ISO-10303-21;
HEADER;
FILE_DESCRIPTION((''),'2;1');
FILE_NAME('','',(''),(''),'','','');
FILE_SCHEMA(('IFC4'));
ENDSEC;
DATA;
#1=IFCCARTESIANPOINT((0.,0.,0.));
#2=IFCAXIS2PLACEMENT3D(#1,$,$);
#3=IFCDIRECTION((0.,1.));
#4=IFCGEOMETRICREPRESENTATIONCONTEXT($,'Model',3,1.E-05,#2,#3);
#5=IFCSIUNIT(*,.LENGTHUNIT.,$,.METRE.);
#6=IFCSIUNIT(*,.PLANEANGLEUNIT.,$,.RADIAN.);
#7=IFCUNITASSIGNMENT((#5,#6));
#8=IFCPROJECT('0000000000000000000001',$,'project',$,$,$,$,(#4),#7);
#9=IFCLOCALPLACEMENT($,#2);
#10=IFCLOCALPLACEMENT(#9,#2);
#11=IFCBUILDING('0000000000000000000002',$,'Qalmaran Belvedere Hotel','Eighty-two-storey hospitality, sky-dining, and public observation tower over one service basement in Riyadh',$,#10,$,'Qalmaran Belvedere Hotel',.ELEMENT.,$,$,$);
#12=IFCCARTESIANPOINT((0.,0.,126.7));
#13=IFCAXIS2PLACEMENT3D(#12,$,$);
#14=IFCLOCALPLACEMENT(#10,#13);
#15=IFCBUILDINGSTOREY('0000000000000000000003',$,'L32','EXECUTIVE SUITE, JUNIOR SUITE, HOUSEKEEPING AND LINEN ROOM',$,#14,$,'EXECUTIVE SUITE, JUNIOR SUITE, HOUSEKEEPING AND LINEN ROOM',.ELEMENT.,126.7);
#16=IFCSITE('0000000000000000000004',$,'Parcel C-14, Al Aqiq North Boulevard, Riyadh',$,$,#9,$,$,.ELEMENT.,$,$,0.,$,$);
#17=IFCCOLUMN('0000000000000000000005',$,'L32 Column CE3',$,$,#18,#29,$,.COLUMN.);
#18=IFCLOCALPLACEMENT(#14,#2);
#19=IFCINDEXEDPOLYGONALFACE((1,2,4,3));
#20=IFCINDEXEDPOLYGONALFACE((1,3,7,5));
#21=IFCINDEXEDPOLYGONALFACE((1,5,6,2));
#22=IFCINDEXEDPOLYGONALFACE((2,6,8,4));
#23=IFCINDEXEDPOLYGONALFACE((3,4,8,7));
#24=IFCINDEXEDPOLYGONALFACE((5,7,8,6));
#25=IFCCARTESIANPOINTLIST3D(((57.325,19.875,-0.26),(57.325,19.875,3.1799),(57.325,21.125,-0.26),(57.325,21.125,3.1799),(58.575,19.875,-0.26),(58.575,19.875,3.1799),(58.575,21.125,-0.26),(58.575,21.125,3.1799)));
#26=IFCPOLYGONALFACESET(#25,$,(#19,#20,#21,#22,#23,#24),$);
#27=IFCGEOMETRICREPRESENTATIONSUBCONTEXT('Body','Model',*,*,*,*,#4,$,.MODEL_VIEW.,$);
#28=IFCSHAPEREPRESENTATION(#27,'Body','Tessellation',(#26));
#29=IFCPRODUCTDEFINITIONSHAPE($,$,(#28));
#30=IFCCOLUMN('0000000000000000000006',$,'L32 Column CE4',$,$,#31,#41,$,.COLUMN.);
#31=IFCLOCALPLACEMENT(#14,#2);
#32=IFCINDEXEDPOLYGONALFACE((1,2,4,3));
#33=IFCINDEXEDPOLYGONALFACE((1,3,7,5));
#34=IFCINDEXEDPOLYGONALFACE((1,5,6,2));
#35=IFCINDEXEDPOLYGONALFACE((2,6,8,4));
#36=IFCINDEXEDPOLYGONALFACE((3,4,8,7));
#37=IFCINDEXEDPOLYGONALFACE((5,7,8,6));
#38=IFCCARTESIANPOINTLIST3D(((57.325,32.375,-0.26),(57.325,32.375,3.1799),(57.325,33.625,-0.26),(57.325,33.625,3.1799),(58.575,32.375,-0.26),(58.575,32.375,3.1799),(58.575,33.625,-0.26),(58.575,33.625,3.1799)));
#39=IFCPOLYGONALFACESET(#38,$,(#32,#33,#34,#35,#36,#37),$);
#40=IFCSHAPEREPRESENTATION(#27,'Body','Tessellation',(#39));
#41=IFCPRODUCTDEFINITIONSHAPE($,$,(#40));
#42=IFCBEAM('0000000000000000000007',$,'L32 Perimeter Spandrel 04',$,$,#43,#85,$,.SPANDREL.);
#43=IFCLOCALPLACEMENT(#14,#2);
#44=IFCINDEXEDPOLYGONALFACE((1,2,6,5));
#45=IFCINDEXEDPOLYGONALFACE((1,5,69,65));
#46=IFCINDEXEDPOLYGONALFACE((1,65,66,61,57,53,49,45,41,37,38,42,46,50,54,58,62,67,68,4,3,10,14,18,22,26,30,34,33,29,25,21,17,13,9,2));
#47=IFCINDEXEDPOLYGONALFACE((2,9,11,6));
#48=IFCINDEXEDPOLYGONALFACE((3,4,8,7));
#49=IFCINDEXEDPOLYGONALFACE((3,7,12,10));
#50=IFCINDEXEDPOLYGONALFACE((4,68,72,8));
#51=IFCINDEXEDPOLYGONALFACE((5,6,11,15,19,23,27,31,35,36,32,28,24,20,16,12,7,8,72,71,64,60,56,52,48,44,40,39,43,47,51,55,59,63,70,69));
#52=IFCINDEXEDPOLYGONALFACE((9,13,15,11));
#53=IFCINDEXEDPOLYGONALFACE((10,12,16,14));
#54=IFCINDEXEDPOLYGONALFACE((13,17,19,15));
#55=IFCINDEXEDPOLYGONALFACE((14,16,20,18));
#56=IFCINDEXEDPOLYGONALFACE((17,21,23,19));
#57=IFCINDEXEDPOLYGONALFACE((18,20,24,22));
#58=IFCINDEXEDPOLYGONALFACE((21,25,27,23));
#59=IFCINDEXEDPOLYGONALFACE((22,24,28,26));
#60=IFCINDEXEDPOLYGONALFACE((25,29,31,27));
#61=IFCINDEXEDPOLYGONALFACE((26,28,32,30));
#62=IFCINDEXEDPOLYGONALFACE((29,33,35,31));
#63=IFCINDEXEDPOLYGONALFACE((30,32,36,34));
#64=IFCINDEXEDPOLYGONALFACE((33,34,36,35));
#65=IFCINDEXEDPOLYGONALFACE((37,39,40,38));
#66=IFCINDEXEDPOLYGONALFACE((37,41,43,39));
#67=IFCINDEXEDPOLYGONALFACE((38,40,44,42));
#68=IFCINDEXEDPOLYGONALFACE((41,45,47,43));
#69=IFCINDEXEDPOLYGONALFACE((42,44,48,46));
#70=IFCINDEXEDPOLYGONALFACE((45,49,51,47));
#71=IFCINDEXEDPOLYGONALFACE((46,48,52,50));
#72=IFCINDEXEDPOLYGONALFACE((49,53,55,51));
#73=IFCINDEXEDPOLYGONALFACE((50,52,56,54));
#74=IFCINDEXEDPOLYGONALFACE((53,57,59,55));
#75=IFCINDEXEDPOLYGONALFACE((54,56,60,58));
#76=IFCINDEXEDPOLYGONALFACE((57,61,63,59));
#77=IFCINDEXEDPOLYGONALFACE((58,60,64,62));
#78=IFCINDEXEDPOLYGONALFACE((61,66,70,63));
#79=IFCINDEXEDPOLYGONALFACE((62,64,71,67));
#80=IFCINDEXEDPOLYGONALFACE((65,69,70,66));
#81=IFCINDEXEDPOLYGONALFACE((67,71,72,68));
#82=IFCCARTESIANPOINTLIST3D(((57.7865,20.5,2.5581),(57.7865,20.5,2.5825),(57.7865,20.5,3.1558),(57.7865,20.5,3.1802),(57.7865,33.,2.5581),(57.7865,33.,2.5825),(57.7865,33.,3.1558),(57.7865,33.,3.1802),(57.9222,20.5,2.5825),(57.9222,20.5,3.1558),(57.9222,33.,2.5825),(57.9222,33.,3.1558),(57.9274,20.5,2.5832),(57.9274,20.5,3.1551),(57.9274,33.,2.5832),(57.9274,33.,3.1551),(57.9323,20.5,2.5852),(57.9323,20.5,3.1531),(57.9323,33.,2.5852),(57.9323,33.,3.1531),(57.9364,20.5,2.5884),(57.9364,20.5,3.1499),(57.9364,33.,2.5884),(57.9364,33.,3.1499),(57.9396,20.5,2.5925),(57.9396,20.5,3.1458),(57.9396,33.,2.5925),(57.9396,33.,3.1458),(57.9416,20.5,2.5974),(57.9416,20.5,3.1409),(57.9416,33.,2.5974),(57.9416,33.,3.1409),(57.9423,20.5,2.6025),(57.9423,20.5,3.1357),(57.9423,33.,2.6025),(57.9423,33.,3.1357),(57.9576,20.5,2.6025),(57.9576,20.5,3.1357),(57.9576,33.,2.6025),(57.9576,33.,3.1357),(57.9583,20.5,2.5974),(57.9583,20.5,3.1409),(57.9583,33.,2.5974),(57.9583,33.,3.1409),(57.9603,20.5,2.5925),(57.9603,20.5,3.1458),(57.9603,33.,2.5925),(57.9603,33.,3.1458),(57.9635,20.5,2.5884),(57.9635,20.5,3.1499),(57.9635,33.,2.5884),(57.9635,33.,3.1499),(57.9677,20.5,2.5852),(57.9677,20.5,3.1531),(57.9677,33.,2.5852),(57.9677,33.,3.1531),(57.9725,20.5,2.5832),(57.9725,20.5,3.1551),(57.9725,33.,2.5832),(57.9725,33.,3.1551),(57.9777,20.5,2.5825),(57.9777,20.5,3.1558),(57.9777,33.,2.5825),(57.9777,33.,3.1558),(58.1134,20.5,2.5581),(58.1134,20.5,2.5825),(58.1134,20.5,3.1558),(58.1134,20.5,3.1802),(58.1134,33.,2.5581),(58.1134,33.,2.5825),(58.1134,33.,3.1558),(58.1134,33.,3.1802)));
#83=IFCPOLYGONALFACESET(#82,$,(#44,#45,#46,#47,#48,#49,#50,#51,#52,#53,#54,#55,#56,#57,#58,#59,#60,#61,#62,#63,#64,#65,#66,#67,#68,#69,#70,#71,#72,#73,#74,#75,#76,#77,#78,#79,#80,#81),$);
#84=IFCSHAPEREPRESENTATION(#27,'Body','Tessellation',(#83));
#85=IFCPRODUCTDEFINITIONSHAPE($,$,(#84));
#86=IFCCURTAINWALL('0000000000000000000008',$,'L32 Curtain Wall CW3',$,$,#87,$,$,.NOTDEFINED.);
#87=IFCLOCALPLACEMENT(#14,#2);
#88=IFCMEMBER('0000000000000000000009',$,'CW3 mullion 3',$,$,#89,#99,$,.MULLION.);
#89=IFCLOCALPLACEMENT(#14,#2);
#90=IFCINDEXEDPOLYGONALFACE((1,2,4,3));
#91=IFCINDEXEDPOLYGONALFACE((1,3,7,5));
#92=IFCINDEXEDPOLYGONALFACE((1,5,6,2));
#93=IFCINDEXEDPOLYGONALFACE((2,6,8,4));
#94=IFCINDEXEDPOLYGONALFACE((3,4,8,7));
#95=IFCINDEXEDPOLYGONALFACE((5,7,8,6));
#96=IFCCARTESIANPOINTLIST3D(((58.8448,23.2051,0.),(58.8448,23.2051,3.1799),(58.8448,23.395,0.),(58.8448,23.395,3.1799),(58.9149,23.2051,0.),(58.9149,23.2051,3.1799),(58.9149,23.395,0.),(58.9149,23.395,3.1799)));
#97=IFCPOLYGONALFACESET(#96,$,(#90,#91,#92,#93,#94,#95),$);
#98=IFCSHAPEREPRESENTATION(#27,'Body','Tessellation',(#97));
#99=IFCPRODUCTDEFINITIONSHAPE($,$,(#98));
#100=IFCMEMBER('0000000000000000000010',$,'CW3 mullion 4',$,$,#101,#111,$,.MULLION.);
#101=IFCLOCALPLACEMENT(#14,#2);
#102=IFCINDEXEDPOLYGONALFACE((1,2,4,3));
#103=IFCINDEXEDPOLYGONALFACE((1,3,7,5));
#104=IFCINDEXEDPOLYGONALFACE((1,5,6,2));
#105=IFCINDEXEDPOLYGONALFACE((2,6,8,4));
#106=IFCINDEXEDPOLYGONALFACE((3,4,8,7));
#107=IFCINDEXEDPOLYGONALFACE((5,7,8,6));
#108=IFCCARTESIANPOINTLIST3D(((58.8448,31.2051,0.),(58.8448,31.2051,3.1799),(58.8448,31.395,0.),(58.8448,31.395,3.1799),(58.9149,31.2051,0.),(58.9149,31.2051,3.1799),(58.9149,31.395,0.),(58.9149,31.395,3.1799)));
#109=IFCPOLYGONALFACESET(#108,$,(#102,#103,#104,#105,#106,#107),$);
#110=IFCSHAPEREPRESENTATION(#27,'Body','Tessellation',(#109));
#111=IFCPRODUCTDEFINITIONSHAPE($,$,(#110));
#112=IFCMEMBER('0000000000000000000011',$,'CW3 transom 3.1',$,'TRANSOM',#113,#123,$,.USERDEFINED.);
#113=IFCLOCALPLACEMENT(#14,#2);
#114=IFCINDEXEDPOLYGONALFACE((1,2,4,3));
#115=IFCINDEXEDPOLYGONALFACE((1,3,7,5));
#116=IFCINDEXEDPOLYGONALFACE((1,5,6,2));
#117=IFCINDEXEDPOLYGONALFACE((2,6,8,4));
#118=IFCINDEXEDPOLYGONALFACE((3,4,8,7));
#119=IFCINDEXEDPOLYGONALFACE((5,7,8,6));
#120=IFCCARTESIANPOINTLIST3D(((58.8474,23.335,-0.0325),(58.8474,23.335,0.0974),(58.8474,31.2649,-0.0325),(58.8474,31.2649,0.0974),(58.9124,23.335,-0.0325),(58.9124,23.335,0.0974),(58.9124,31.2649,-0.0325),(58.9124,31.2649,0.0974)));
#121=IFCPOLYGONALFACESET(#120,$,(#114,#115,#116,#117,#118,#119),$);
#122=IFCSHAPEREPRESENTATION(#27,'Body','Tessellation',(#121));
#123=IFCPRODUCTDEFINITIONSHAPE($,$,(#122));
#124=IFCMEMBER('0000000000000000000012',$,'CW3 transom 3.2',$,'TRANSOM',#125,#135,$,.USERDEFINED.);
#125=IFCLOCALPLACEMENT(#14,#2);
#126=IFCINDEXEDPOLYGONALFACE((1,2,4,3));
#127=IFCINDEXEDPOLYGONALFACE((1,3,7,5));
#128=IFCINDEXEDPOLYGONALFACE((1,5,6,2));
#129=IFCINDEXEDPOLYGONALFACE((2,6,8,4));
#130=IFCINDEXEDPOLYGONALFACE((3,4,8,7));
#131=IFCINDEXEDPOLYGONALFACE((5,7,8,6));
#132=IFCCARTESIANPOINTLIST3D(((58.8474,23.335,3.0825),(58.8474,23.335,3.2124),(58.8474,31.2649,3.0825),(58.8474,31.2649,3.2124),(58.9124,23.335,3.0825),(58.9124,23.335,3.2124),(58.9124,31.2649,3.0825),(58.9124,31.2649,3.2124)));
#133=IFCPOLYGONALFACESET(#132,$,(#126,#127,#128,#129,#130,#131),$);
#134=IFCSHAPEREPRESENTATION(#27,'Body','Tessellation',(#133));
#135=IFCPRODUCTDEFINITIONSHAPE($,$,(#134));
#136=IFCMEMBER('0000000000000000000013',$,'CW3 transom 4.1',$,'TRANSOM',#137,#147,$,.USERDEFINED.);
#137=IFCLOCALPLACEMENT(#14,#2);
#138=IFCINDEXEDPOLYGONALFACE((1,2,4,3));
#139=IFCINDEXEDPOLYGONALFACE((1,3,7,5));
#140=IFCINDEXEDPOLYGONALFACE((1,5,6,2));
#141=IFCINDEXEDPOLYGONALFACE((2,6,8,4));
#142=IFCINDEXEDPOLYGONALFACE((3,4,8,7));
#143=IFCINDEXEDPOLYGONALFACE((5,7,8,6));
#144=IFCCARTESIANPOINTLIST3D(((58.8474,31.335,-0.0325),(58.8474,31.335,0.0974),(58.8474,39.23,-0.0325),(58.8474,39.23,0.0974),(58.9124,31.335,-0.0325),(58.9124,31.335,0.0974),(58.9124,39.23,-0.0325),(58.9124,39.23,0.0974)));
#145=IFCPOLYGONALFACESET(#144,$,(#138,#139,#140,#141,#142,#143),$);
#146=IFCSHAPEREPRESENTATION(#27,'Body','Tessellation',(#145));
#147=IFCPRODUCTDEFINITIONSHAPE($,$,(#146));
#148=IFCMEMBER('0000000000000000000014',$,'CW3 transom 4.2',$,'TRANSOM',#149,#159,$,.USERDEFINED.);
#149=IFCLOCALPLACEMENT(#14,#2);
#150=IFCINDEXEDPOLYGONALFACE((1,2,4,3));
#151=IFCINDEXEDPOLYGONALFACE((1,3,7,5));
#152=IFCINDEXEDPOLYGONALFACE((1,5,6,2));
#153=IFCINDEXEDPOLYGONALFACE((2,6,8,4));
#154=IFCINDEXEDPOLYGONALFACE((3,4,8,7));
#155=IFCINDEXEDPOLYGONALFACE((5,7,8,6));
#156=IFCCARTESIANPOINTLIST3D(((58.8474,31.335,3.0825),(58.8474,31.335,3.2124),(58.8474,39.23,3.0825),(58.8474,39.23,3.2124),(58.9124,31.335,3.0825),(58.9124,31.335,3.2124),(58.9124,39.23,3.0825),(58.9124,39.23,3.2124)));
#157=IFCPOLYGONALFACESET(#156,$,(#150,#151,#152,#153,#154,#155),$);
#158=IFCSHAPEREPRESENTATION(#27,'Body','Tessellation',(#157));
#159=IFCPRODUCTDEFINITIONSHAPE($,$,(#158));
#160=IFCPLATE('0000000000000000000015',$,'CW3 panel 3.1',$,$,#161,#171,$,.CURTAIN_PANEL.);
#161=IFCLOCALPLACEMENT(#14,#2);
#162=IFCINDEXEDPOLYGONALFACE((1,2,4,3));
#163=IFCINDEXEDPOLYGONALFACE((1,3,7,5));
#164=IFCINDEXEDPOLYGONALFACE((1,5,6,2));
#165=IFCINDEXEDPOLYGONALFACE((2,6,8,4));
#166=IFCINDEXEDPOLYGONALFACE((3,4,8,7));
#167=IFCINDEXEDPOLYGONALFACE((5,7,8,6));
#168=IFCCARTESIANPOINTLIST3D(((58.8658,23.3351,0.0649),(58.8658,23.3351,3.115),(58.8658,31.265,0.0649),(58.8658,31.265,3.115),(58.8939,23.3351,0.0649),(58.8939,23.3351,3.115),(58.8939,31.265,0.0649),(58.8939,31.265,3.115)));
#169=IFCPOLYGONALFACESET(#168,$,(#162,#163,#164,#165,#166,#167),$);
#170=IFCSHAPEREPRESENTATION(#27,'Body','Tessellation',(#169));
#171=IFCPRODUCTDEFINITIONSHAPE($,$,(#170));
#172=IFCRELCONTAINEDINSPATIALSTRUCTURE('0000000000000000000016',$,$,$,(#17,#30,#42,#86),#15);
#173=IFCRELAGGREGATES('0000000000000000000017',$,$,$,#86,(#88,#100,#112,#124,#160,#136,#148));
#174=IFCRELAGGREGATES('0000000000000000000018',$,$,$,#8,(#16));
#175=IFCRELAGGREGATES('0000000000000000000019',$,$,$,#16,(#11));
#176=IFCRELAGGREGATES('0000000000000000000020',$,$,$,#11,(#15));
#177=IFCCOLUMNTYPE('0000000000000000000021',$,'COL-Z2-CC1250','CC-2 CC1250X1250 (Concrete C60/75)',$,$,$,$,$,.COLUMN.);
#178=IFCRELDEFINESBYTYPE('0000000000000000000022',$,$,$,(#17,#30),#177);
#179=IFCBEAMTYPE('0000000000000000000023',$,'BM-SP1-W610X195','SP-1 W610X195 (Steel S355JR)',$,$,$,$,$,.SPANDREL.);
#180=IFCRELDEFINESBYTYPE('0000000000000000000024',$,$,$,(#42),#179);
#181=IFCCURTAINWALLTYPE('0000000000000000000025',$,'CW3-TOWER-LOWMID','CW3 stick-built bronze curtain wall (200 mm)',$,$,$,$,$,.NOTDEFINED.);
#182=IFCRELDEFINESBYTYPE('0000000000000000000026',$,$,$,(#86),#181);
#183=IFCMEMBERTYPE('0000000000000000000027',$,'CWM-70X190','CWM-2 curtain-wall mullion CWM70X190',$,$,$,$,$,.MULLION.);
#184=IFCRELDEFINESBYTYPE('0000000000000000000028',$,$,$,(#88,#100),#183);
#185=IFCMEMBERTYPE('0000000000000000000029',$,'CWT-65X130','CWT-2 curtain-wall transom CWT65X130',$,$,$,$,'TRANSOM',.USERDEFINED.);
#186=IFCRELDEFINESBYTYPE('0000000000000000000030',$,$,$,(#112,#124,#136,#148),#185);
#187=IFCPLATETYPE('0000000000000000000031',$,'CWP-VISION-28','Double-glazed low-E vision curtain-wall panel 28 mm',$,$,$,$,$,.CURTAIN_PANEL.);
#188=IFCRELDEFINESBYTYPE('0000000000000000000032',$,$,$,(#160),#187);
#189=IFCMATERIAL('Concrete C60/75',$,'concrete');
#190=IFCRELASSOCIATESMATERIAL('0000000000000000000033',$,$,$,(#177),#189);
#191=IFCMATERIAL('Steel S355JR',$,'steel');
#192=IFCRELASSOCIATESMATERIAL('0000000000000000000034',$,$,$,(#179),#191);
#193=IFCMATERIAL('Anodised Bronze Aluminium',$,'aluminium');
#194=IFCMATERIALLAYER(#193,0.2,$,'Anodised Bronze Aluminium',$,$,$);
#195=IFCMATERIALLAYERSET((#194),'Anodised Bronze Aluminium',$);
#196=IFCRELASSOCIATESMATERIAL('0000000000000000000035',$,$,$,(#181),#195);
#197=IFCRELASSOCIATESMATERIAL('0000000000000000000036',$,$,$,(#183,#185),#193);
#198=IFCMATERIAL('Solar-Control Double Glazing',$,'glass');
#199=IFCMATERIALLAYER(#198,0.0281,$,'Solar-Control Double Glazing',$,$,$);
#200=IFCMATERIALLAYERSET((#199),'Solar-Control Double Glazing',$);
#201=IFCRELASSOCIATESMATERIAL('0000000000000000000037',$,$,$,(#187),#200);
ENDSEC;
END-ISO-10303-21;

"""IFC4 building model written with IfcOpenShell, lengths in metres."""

from ifc_helpers import new_model, si_unit, direction, frame, origin, origin_2d, place, context, subcontext, project, spatial, rectangle, i_section, extrude, material, layer, layer_set, material_profile, profile_set, type_object, element, aggregate, save


model = new_model("IFC4")

# Units and contexts
model_context = context("Model", 3, precision=1e-05, world=origin(), true_north=direction((0.0, 1.0)))
body_context = subcontext(model_context, "Body", "Model", "MODEL_VIEW")
ifc_project = project(units=[si_unit("LENGTHUNIT", "METRE"), si_unit("PLANEANGLEUNIT", "RADIAN")], contexts=[model_context])

# Site, building, storey
site_placement = place(None, origin())
site = spatial("IfcSite", under=ifc_project, at=site_placement, Name="Parcel C-14, Al Aqiq North Boulevard, Riyadh", CompositionType="ELEMENT", RefElevation=0.0)
building_placement = place(site_placement, origin())
building = spatial("IfcBuilding", under=site, at=building_placement, Name="Qalmaran Belvedere Hotel", Description="Eighty-two-storey hospitality, sky-dining, and public observation tower over one service basement in Riyadh", LongName="Qalmaran Belvedere Hotel", CompositionType="ELEMENT")
storey_placement = place(building_placement, frame((0.0, 0.0, 126.7)))
storey = spatial("IfcBuildingStorey", under=building, at=storey_placement, Name="L32", Description="EXECUTIVE SUITE, JUNIOR SUITE, HOUSEKEEPING AND LINEN ROOM", LongName="EXECUTIVE SUITE, JUNIOR SUITE, HOUSEKEEPING AND LINEN ROOM", CompositionType="ELEMENT", Elevation=126.7)

# Columns
ifc_material_1 = material(Name="Concrete C60/75", Category="concrete")
ifc_material_profile_1 = material_profile(ifc_material_1, rectangle(XDim=1.25, YDim=1.25, at=origin_2d()), Name="CC1250X1250")
ifc_profile_set_1 = profile_set([ifc_material_profile_1], Name="Concrete C60/75")
column_type = type_object("IfcColumnType", Name="COL-Z2-CC1250", Description="CC-2 CC1250X1250 (Concrete C60/75)", PredefinedType="COLUMN", material=ifc_profile_set_1)
for number, where, z_axis, x_axis, name in (
    (1, (57.95, 20.5, -0.26), (0.0, 0.0, 1.0), (1.0, 0.0, 0.0), "L32 Column CE3"),
    (2, (57.95, 33.0, -0.26), (0.0, 0.0, 1.0), (1.0, 0.0, 0.0), "L32 Column CE4"),
):
    element("IfcColumn", number, at=place(storey_placement, frame(where, z_axis=z_axis, x_axis=x_axis)), inside=storey, type_object=column_type, Name=name, PredefinedType="COLUMN", context=body_context, shape_type="SweptSolid", body=[
        extrude(rectangle(XDim=1.25, YDim=1.25, at=origin_2d()), origin(), (0.0, 0.0, 1.0), 3.4399),
    ])

# Beam
ifc_material_2 = material(Name="Steel S355JR", Category="steel")
ifc_material_profile_2 = material_profile(ifc_material_2, i_section(OverallWidth=0.3269, OverallDepth=0.6221, WebThickness=0.0154, FlangeThickness=0.0244, FilletRadius=0.02, at=origin_2d()), Name="W610X195")
ifc_profile_set_2 = profile_set([ifc_material_profile_2], Name="Steel S355JR")
beam_type = type_object("IfcBeamType", Name="BM-SP1-W610X195", Description="SP-1 W610X195 (Steel S355JR)", PredefinedType="SPANDREL", material=ifc_profile_set_2)
beam_placement = place(storey_placement, frame((57.95, 20.5, 2.8691), z_axis=(0.0, 1.0, 0.0), x_axis=(-1.0, 0.0, 0.0)))
element("IfcBeam", 3, at=beam_placement, inside=storey, type_object=beam_type, Name="L32 Perimeter Spandrel 04", PredefinedType="SPANDREL", context=body_context, shape_type="SweptSolid", body=[
    extrude(i_section(OverallWidth=0.3269, OverallDepth=0.6221, WebThickness=0.0154, FlangeThickness=0.0244, FilletRadius=0.02, at=origin_2d()), origin(), (0.0, 0.0, 1.0), 12.5),
])

# Curtain wall, members, plate
ifc_material_3 = material(Name="Anodised Bronze Aluminium", Category="aluminium")
ifc_layer_1 = layer(ifc_material_3, 0.2, Name="Anodised Bronze Aluminium")
ifc_layer_set_1 = layer_set([ifc_layer_1], Name="Anodised Bronze Aluminium")
curtain_wall_type = type_object("IfcCurtainWallType", Name="CW3-TOWER-LOWMID", Description="CW3 stick-built bronze curtain wall (200 mm)", PredefinedType="NOTDEFINED", material=ifc_layer_set_1)
curtain_wall_placement = place(storey_placement, origin())
curtain_wall = element("IfcCurtainWall", 4, at=curtain_wall_placement, inside=storey, type_object=curtain_wall_type, Name="L32 Curtain Wall CW3", PredefinedType="NOTDEFINED")
ifc_material_profile_3 = material_profile(ifc_material_3, rectangle(XDim=0.0701, YDim=0.1899, at=origin_2d()), Name="CWM70X190")
ifc_profile_set_3 = profile_set([ifc_material_profile_3], Name="Anodised Bronze Aluminium")
member_type_1 = type_object("IfcMemberType", Name="CWM-70X190", Description="CWM-2 curtain-wall mullion CWM70X190", PredefinedType="MULLION", material=ifc_profile_set_3)
member_1_placement = place(storey_placement, frame((58.8799, 23.3, 0.0), z_axis=(0.0, 0.0, 1.0), x_axis=(-1.0, 0.0, 0.0)))
member_1 = element("IfcMember", 5, at=member_1_placement, type_object=member_type_1, Name="CW3 mullion 3", PredefinedType="MULLION", context=body_context, shape_type="SweptSolid", body=[
    extrude(rectangle(XDim=0.0701, YDim=0.1899, at=origin_2d()), origin(), (0.0, 0.0, 1.0), 3.1799),
])
member_2_placement = place(storey_placement, frame((58.8799, 31.3, 0.0), z_axis=(0.0, 0.0, 1.0), x_axis=(-1.0, 0.0, 0.0)))
member_2 = element("IfcMember", 6, at=member_2_placement, type_object=member_type_1, Name="CW3 mullion 4", PredefinedType="MULLION", context=body_context, shape_type="SweptSolid", body=[
    extrude(rectangle(XDim=0.0701, YDim=0.1899, at=origin_2d()), origin(), (0.0, 0.0, 1.0), 3.1799),
])
ifc_material_profile_4 = material_profile(ifc_material_3, rectangle(XDim=0.0649, YDim=0.1299, at=origin_2d()), Name="CWT65X130")
ifc_profile_set_4 = profile_set([ifc_material_profile_4], Name="Anodised Bronze Aluminium")
member_type_2 = type_object("IfcMemberType", Name="CWT-65X130", Description="CWT-2 curtain-wall transom CWT65X130", ElementType="TRANSOM", PredefinedType="USERDEFINED", material=ifc_profile_set_4)
member_3_placement = place(storey_placement, frame((58.8799, 23.335, 0.0325), z_axis=(0.0, 1.0, 0.0), x_axis=(-1.0, 0.0, 0.0)))
member_3 = element("IfcMember", 7, at=member_3_placement, type_object=member_type_2, Name="CW3 transom 3.1", ObjectType="TRANSOM", PredefinedType="USERDEFINED", context=body_context, shape_type="SweptSolid", body=[
    extrude(rectangle(XDim=0.0649, YDim=0.1299, at=origin_2d()), origin(), (0.0, 0.0, 1.0), 7.9299),
])
member_4_placement = place(storey_placement, frame((58.8799, 23.335, 3.1475), z_axis=(0.0, 1.0, 0.0), x_axis=(-1.0, 0.0, 0.0)))
member_4 = element("IfcMember", 8, at=member_4_placement, type_object=member_type_2, Name="CW3 transom 3.2", ObjectType="TRANSOM", PredefinedType="USERDEFINED", context=body_context, shape_type="SweptSolid", body=[
    extrude(rectangle(XDim=0.0649, YDim=0.1299, at=origin_2d()), origin(), (0.0, 0.0, 1.0), 7.9299),
])
member_5_placement = place(storey_placement, frame((58.8799, 31.335, 0.0325), z_axis=(0.0, 1.0, 0.0), x_axis=(-1.0, 0.0, 0.0)))
member_5 = element("IfcMember", 9, at=member_5_placement, type_object=member_type_2, Name="CW3 transom 4.1", ObjectType="TRANSOM", PredefinedType="USERDEFINED", context=body_context, shape_type="SweptSolid", body=[
    extrude(rectangle(XDim=0.0649, YDim=0.1299, at=origin_2d()), origin(), (0.0, 0.0, 1.0), 7.895),
])
member_6_placement = place(storey_placement, frame((58.8799, 31.335, 3.1475), z_axis=(0.0, 1.0, 0.0), x_axis=(-1.0, 0.0, 0.0)))
member_6 = element("IfcMember", 10, at=member_6_placement, type_object=member_type_2, Name="CW3 transom 4.2", ObjectType="TRANSOM", PredefinedType="USERDEFINED", context=body_context, shape_type="SweptSolid", body=[
    extrude(rectangle(XDim=0.0649, YDim=0.1299, at=origin_2d()), origin(), (0.0, 0.0, 1.0), 7.895),
])
ifc_material_4 = material(Name="Solar-Control Double Glazing", Category="glass")
ifc_layer_2 = layer(ifc_material_4, 0.0281, Name="Solar-Control Double Glazing")
ifc_layer_set_2 = layer_set([ifc_layer_2], Name="Solar-Control Double Glazing")
plate_type = type_object("IfcPlateType", Name="CWP-VISION-28", Description="Double-glazed low-E vision curtain-wall panel 28 mm", PredefinedType="CURTAIN_PANEL", material=ifc_layer_set_2)
plate_placement = place(storey_placement, frame((58.8799, 27.3, 0.0649), z_axis=(0.0, 0.0, 1.0), x_axis=(0.0, 1.0, 0.0)))
plate = element("IfcPlate", 11, at=plate_placement, type_object=plate_type, Name="CW3 panel 3.1", PredefinedType="CURTAIN_PANEL", context=body_context, shape_type="SweptSolid", body=[
    extrude(rectangle(XDim=7.9299, YDim=0.0281, at=origin_2d()), origin(), (0.0, 0.0, 1.0), 3.05),
])
aggregate(curtain_wall, [member_1, member_2, member_3, member_4, plate, member_5, member_6])

save(model, "model.ifc")
